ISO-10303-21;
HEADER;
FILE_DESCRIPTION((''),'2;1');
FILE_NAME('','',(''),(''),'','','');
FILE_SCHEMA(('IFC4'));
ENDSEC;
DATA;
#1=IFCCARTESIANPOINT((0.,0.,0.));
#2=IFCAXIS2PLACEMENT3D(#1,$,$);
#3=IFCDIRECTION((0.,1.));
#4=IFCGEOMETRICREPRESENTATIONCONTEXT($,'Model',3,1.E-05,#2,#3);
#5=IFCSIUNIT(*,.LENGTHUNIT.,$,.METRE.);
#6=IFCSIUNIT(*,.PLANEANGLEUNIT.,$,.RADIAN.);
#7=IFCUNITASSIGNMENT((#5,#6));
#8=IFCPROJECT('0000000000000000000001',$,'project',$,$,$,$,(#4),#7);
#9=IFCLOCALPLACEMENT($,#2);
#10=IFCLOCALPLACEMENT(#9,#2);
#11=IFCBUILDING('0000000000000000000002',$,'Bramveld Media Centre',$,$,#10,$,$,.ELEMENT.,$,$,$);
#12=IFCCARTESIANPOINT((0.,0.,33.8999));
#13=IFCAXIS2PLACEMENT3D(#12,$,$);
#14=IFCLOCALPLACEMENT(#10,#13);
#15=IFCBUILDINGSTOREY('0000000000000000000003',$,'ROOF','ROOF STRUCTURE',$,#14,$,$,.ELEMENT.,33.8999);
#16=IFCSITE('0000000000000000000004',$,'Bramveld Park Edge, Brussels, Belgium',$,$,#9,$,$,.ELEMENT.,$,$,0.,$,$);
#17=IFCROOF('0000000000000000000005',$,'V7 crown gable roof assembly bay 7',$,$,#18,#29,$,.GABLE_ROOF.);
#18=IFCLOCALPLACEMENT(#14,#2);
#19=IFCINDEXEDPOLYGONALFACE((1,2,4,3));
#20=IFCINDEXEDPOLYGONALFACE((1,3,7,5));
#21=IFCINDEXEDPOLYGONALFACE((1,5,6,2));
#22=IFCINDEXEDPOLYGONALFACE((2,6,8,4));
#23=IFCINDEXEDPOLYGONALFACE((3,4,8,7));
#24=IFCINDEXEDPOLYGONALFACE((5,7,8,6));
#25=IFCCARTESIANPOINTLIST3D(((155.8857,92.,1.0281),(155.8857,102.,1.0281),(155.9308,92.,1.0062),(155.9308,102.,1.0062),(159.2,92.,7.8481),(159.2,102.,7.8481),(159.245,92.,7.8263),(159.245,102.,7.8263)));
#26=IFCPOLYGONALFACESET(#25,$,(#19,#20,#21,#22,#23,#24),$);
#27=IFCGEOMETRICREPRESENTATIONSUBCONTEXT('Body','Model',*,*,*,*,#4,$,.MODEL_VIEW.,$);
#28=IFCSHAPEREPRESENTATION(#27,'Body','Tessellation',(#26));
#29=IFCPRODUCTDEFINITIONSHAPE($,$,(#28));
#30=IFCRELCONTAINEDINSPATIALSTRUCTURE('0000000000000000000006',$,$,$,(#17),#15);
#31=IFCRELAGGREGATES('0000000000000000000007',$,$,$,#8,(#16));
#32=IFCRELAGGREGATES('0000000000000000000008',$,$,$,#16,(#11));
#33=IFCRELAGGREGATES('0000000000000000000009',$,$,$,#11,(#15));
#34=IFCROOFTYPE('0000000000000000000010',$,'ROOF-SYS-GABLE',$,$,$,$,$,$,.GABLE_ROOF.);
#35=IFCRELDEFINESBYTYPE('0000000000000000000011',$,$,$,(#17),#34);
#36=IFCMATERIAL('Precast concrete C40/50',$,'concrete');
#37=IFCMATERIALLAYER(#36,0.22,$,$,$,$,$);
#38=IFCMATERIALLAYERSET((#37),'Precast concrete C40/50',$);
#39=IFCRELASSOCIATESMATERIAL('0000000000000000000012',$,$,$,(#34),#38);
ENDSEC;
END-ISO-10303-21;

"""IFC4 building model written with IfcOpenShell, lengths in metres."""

from ifc_helpers import new_model, si_unit, direction, frame, origin, place, context, subcontext, project, spatial, polyline, outline, extrude, material, layer, layer_set, type_object, element, save


model = new_model("IFC4")

# Units and contexts
model_context = context("Model", 3, precision=1e-05, world=origin(), true_north=direction((0.0, 1.0)))
body_context = subcontext(model_context, "Body", "Model", "MODEL_VIEW")
ifc_project = project(units=[si_unit("LENGTHUNIT", "METRE"), si_unit("PLANEANGLEUNIT", "RADIAN")], contexts=[model_context])

# Site, building, storey
site_placement = place(None, origin())
site = spatial("IfcSite", under=ifc_project, at=site_placement, Name="Bramveld Park Edge, Brussels, Belgium", CompositionType="ELEMENT", RefElevation=0.0)
building_placement = place(site_placement, origin())
building = spatial("IfcBuilding", under=site, at=building_placement, Name="Bramveld Media Centre", CompositionType="ELEMENT")
storey_placement = place(building_placement, frame((0.0, 0.0, 33.8999)))
storey = spatial("IfcBuildingStorey", under=building, at=storey_placement, Name="ROOF", Description="ROOF STRUCTURE", CompositionType="ELEMENT", Elevation=33.8999)

# Roof
ifc_material_1 = material(Name="Precast concrete C40/50", Category="concrete")
ifc_layer_1 = layer(ifc_material_1, 0.22)
ifc_layer_set_1 = layer_set([ifc_layer_1], Name="Precast concrete C40/50")
roof_type = type_object("IfcRoofType", Name="ROOF-SYS-GABLE", PredefinedType="GABLE_ROOF", material=ifc_layer_set_1)
roof_placement = place(storey_placement, frame((155.8857, 92.0, 1.0281), z_axis=(-0.899425, 0.0, 0.437075), x_axis=(0.437075, 0.0, 0.899425)))
element("IfcRoof", 1, at=roof_placement, inside=storey, type_object=roof_type, Name="V7 crown gable roof assembly bay 7", PredefinedType="GABLE_ROOF", context=body_context, shape_type="SweptSolid", body=[
    extrude(outline(polyline([(0.0, 0.0), (7.5827, 0.0), (7.5827, 10.0), (0.0, 10.0), (0.0, 0.0)])), origin(), (0.0, 0.0, -1.0), 0.05),
])

save(model, "model.ifc")
